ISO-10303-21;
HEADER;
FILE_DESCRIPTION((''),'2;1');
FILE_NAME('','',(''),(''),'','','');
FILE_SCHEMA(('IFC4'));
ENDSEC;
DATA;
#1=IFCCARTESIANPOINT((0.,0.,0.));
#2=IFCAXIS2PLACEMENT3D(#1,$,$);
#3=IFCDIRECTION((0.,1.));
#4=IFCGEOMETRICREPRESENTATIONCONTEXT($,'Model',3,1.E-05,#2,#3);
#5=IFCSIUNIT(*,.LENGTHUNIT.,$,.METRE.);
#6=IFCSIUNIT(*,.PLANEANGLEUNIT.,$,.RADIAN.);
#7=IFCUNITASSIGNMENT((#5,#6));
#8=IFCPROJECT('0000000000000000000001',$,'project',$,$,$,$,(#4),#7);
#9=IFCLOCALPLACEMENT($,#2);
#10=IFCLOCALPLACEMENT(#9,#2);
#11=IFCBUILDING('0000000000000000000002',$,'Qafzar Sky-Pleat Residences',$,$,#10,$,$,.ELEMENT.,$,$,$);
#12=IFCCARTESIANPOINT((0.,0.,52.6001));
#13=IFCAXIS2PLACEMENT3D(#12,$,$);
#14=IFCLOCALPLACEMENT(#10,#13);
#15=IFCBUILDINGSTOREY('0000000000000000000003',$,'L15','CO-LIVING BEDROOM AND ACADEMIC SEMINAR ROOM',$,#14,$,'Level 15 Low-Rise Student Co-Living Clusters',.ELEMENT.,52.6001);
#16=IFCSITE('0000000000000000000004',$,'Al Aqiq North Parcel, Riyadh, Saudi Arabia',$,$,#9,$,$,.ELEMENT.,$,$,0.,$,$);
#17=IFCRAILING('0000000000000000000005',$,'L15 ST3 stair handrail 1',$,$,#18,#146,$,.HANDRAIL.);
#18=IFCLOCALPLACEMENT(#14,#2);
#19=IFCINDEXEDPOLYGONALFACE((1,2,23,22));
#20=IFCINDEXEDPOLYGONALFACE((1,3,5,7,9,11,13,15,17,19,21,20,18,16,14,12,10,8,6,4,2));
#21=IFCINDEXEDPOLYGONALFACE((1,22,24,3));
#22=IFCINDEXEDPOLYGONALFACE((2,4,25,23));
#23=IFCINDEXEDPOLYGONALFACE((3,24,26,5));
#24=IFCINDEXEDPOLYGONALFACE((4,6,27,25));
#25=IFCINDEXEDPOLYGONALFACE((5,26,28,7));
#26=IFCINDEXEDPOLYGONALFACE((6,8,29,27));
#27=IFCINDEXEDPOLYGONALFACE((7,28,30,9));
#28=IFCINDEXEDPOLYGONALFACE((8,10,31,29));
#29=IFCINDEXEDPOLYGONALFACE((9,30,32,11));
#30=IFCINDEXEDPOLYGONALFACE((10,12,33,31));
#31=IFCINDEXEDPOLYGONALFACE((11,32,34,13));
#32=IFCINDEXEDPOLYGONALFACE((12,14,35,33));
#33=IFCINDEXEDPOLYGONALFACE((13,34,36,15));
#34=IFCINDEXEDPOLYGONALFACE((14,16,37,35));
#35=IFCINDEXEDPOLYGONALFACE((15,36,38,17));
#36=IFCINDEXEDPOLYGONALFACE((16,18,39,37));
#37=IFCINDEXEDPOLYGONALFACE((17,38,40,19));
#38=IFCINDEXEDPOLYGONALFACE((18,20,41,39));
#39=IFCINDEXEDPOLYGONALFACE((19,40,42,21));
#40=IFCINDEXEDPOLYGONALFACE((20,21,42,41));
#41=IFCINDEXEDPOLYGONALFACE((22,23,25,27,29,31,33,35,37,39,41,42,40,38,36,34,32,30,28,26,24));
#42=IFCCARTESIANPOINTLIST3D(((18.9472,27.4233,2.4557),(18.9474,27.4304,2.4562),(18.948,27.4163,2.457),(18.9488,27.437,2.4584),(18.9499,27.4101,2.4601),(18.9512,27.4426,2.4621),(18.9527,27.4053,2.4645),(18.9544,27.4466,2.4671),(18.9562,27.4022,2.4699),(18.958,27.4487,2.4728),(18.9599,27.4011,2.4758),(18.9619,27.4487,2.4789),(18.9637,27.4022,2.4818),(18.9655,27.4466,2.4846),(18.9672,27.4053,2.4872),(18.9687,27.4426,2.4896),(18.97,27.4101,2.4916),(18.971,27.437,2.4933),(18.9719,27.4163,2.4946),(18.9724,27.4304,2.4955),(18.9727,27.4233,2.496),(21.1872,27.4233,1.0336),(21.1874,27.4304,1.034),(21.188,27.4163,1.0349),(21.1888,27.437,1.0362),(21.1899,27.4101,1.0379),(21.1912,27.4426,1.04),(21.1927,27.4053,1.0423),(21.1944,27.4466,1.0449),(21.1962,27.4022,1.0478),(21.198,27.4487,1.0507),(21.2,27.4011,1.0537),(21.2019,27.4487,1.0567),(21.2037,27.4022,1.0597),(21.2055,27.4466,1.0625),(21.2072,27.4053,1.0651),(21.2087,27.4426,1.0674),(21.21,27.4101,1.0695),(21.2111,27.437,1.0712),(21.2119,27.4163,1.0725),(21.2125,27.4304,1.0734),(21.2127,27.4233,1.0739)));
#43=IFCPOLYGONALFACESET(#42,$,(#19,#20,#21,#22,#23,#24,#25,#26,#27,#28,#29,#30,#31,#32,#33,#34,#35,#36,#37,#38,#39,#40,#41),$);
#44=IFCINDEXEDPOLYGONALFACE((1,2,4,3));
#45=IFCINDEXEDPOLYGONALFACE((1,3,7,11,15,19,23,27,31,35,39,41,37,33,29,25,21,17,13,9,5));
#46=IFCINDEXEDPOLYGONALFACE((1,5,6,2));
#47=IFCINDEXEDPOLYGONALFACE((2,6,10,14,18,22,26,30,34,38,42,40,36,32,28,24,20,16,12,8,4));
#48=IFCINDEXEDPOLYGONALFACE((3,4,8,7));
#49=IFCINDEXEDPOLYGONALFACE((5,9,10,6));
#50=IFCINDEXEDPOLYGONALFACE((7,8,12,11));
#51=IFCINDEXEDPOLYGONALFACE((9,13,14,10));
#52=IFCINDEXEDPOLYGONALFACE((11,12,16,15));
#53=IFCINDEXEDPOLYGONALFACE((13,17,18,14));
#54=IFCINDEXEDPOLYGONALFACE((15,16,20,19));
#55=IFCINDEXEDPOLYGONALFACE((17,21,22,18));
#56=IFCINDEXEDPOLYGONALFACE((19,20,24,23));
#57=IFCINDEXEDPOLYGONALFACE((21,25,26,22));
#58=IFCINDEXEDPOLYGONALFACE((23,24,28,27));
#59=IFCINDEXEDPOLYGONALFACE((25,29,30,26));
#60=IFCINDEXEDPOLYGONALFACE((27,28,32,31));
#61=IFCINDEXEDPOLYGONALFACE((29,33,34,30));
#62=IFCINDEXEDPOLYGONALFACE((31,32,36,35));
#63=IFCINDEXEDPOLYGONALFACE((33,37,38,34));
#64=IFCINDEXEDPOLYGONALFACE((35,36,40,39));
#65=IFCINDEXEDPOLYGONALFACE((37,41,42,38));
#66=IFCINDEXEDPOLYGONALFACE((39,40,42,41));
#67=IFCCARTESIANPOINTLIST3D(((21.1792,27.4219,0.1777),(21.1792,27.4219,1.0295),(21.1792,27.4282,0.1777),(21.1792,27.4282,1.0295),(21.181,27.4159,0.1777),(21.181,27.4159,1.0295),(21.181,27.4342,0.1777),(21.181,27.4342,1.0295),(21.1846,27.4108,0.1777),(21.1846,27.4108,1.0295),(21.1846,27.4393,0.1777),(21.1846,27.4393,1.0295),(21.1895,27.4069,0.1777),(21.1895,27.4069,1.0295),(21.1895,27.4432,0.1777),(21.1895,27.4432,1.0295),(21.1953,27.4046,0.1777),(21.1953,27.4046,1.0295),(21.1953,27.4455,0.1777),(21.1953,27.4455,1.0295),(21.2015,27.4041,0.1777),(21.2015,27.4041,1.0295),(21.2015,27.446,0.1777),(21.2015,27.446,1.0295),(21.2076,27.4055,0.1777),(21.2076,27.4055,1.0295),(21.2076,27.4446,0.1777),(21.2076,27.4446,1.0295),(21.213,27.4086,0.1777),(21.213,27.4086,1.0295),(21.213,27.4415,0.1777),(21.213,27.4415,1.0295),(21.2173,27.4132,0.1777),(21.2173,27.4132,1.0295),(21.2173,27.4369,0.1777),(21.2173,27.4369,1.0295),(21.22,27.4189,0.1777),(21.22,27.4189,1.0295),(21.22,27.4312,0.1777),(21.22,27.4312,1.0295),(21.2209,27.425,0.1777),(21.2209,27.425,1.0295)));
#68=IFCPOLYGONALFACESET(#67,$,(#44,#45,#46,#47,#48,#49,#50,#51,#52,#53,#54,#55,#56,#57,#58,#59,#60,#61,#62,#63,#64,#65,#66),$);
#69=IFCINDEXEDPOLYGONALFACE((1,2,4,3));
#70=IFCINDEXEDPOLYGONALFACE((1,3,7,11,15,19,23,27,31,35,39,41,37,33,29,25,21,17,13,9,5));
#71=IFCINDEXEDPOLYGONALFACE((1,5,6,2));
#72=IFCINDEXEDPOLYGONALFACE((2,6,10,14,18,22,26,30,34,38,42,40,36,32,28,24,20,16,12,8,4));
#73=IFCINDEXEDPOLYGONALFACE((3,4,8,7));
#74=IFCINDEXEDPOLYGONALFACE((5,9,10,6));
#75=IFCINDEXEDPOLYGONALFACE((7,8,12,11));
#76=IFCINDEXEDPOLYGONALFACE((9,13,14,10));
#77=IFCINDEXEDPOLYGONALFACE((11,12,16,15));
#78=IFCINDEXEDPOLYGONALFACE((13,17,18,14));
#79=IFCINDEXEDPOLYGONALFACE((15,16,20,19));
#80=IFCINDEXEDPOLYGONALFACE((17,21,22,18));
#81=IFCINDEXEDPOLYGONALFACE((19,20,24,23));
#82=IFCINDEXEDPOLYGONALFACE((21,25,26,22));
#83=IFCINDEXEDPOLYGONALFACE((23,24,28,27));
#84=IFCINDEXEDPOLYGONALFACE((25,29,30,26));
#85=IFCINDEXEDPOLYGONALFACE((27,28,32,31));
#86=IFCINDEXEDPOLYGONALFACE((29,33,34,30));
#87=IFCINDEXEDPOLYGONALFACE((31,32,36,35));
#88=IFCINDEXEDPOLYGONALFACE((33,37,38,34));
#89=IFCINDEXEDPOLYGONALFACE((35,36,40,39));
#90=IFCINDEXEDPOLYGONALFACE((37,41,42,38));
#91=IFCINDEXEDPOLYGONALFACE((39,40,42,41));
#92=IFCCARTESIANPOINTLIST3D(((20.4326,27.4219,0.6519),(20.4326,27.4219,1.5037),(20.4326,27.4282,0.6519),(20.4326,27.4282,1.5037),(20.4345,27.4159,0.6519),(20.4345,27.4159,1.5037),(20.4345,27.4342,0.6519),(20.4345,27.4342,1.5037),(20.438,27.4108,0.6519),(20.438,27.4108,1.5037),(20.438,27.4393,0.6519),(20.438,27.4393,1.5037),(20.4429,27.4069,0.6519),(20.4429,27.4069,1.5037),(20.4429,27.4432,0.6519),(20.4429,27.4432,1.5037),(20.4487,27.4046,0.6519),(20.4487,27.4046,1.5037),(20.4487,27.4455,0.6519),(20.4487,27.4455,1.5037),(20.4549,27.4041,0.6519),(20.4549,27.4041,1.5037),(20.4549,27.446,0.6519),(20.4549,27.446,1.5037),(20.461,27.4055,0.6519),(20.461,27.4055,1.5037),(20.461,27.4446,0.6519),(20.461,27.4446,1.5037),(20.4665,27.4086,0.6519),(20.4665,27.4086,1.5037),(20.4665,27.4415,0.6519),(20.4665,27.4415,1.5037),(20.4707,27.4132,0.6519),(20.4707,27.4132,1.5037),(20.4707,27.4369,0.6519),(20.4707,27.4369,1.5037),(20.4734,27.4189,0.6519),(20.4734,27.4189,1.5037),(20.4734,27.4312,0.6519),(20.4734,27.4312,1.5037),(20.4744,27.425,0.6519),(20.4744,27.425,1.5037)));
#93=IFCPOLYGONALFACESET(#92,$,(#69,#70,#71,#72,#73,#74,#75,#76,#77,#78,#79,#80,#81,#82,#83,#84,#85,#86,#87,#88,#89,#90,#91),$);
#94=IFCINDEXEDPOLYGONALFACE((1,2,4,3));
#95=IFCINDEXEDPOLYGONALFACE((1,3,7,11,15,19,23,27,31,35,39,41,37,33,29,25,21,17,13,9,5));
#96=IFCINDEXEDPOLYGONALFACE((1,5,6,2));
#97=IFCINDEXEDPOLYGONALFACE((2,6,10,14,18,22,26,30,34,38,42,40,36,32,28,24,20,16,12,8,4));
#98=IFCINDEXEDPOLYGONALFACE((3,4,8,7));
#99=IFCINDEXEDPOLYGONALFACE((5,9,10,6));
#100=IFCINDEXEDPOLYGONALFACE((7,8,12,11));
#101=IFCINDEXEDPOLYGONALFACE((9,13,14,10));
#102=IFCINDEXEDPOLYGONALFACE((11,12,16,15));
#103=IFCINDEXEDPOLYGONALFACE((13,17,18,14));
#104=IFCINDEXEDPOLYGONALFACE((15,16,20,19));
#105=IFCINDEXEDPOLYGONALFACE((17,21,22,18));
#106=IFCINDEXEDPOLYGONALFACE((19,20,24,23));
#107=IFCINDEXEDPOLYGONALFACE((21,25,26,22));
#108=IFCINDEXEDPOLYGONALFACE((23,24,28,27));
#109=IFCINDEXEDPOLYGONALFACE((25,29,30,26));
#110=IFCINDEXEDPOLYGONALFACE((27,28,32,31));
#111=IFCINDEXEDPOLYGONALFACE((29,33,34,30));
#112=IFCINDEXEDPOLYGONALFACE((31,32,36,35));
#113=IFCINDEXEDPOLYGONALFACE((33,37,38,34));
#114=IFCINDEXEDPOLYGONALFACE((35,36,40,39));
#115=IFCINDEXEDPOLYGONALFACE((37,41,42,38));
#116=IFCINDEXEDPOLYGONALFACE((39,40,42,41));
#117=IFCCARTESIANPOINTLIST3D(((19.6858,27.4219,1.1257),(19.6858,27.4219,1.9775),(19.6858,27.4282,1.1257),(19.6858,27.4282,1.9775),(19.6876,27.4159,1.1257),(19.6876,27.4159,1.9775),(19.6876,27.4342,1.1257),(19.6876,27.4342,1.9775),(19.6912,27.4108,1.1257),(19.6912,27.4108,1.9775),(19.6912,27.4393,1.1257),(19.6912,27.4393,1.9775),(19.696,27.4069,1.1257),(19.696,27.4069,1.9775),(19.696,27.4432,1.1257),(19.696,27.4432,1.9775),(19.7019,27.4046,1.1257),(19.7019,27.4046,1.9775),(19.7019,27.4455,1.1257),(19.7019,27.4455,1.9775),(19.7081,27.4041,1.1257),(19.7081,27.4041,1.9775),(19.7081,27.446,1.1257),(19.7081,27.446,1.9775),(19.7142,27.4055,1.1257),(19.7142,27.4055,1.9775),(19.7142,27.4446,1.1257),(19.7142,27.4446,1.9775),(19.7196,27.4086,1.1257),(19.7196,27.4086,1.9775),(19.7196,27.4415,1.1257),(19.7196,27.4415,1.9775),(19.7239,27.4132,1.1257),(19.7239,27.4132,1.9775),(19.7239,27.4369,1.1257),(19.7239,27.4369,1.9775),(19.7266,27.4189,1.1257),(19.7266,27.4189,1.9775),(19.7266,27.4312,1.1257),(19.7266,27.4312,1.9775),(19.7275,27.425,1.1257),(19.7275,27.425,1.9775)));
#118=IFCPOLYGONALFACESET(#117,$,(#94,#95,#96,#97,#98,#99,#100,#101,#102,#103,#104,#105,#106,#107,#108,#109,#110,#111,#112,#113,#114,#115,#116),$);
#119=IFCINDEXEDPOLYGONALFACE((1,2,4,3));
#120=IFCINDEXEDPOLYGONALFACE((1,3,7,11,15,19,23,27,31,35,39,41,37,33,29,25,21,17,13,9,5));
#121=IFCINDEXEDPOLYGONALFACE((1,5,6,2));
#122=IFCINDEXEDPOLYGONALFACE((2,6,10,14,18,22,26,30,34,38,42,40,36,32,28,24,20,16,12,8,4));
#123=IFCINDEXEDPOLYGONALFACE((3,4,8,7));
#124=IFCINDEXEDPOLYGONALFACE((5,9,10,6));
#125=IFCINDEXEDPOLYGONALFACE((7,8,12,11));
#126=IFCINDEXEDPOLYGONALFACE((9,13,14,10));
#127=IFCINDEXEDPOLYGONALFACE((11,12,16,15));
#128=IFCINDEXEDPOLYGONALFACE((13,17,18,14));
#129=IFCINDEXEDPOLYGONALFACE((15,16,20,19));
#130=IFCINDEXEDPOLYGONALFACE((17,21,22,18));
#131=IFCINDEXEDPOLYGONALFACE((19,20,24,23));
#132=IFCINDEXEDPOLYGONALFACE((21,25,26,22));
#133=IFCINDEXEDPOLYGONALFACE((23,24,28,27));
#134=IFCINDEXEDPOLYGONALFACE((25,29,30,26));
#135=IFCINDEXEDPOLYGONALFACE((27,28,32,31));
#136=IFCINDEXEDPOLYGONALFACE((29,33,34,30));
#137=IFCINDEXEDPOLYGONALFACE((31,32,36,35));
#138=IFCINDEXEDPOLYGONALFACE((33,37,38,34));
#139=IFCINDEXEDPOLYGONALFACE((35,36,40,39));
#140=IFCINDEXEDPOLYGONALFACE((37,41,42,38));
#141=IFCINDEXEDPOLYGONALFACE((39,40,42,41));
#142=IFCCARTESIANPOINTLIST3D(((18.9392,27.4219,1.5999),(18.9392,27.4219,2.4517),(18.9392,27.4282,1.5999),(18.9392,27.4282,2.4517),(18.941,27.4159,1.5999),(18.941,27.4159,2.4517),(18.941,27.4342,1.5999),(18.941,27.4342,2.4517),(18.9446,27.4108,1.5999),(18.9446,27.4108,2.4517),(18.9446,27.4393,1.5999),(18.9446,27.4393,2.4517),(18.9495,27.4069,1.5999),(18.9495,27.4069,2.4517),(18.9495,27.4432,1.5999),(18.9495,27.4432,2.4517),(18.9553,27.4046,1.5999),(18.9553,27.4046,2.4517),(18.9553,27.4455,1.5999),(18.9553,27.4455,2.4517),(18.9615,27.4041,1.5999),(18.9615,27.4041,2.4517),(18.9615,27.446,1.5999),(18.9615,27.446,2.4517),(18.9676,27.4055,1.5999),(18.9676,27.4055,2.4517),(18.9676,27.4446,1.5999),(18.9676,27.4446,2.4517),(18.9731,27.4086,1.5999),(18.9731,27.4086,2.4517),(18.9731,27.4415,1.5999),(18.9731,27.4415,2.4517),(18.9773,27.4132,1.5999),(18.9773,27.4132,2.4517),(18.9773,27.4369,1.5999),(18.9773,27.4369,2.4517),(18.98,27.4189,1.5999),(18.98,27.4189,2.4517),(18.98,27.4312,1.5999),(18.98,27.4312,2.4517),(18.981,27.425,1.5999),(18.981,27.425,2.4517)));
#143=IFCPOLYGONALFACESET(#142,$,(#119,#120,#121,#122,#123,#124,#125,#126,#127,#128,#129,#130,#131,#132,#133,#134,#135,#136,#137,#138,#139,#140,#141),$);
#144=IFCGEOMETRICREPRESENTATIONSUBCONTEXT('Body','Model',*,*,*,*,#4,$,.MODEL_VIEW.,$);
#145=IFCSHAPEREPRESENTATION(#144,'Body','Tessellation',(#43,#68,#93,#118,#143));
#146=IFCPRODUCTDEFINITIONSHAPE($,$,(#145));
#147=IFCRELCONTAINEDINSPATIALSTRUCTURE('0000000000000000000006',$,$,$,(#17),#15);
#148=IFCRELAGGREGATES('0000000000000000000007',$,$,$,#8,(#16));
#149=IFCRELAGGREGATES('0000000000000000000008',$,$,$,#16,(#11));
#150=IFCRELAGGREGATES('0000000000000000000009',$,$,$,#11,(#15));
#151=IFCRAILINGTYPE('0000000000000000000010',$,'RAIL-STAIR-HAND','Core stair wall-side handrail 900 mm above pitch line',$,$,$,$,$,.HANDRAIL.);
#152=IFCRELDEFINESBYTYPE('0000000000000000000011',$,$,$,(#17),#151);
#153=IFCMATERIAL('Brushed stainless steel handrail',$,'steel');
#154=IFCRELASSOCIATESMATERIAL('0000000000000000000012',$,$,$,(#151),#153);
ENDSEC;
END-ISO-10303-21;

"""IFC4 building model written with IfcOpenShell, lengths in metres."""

from ifc_helpers import new_model, si_unit, direction, frame, origin, origin_2d, place, context, subcontext, project, spatial, circle, extrude, source, transform, mapped, material, type_object, element, save


model = new_model("IFC4")

# Units and contexts
model_context = context("Model", 3, precision=1e-05, world=origin(), true_north=direction((0.0, 1.0)))
body_context = subcontext(model_context, "Body", "Model", "MODEL_VIEW")
ifc_project = project(units=[si_unit("LENGTHUNIT", "METRE"), si_unit("PLANEANGLEUNIT", "RADIAN")], contexts=[model_context])

# Site, building, storey
site_placement = place(None, origin())
site = spatial("IfcSite", under=ifc_project, at=site_placement, Name="Al Aqiq North Parcel, Riyadh, Saudi Arabia", CompositionType="ELEMENT", RefElevation=0.0)
building_placement = place(site_placement, origin())
building = spatial("IfcBuilding", under=site, at=building_placement, Name="Qafzar Sky-Pleat Residences", CompositionType="ELEMENT")
storey_placement = place(building_placement, frame((0.0, 0.0, 52.6001)))
storey = spatial("IfcBuildingStorey", under=building, at=storey_placement, Name="L15", Description="CO-LIVING BEDROOM AND ACADEMIC SEMINAR ROOM", LongName="Level 15 Low-Rise Student Co-Living Clusters", CompositionType="ELEMENT", Elevation=52.6001)

# Railing
ifc_material_1 = material(Name="Brushed stainless steel handrail", Category="steel")
railing_type_1 = type_object("IfcRailingType", Name="RAIL-STAIR-HAND", Description="Core stair wall-side handrail 900 mm above pitch line", PredefinedType="HANDRAIL", material=ifc_material_1)
shared_shape_1 = source(origin(), body_context, "Body", "SweptSolid", [
    extrude(circle(Radius=0.0239, at=origin_2d()), frame((0.0, 0.0, 0.876), z_axis=(-0.844229, 0.0, 0.535982), x_axis=(0.0, -1.0, 0.0)), (0.0, 0.0, 1.0), 2.6533),
    extrude(circle(Radius=0.021, at=origin_2d()), origin(), (0.0, 0.0, 1.0), 0.8518),
    extrude(circle(Radius=0.021, at=origin_2d()), frame((-0.7466, 0.0, 0.4741)), (0.0, 0.0, 1.0), 0.8518),
    extrude(circle(Radius=0.021, at=origin_2d()), frame((-1.4934, 0.0, 0.948)), (0.0, 0.0, 1.0), 0.8518),
    extrude(circle(Radius=0.021, at=origin_2d()), frame((-2.24, 0.0, 1.4221)), (0.0, 0.0, 1.0), 0.8518),
])
railing_1_placement = place(storey_placement, frame((21.2, 27.425, 0.1777)))
element("IfcRailing", 1, at=railing_1_placement, inside=storey, type_object=railing_type_1, Name="L15 ST3 stair handrail 1", PredefinedType="HANDRAIL", context=body_context, shape_type="MappedRepresentation", body=[
    mapped(shared_shape_1, transform((0.0, 0.0, 0.0), x_axis=(1.0, 0.0, 0.0), y_axis=(0.0, 1.0, 0.0), z_axis=(0.0, 0.0, 1.0), scale=1.0)),
])

save(model, "model.ifc")
